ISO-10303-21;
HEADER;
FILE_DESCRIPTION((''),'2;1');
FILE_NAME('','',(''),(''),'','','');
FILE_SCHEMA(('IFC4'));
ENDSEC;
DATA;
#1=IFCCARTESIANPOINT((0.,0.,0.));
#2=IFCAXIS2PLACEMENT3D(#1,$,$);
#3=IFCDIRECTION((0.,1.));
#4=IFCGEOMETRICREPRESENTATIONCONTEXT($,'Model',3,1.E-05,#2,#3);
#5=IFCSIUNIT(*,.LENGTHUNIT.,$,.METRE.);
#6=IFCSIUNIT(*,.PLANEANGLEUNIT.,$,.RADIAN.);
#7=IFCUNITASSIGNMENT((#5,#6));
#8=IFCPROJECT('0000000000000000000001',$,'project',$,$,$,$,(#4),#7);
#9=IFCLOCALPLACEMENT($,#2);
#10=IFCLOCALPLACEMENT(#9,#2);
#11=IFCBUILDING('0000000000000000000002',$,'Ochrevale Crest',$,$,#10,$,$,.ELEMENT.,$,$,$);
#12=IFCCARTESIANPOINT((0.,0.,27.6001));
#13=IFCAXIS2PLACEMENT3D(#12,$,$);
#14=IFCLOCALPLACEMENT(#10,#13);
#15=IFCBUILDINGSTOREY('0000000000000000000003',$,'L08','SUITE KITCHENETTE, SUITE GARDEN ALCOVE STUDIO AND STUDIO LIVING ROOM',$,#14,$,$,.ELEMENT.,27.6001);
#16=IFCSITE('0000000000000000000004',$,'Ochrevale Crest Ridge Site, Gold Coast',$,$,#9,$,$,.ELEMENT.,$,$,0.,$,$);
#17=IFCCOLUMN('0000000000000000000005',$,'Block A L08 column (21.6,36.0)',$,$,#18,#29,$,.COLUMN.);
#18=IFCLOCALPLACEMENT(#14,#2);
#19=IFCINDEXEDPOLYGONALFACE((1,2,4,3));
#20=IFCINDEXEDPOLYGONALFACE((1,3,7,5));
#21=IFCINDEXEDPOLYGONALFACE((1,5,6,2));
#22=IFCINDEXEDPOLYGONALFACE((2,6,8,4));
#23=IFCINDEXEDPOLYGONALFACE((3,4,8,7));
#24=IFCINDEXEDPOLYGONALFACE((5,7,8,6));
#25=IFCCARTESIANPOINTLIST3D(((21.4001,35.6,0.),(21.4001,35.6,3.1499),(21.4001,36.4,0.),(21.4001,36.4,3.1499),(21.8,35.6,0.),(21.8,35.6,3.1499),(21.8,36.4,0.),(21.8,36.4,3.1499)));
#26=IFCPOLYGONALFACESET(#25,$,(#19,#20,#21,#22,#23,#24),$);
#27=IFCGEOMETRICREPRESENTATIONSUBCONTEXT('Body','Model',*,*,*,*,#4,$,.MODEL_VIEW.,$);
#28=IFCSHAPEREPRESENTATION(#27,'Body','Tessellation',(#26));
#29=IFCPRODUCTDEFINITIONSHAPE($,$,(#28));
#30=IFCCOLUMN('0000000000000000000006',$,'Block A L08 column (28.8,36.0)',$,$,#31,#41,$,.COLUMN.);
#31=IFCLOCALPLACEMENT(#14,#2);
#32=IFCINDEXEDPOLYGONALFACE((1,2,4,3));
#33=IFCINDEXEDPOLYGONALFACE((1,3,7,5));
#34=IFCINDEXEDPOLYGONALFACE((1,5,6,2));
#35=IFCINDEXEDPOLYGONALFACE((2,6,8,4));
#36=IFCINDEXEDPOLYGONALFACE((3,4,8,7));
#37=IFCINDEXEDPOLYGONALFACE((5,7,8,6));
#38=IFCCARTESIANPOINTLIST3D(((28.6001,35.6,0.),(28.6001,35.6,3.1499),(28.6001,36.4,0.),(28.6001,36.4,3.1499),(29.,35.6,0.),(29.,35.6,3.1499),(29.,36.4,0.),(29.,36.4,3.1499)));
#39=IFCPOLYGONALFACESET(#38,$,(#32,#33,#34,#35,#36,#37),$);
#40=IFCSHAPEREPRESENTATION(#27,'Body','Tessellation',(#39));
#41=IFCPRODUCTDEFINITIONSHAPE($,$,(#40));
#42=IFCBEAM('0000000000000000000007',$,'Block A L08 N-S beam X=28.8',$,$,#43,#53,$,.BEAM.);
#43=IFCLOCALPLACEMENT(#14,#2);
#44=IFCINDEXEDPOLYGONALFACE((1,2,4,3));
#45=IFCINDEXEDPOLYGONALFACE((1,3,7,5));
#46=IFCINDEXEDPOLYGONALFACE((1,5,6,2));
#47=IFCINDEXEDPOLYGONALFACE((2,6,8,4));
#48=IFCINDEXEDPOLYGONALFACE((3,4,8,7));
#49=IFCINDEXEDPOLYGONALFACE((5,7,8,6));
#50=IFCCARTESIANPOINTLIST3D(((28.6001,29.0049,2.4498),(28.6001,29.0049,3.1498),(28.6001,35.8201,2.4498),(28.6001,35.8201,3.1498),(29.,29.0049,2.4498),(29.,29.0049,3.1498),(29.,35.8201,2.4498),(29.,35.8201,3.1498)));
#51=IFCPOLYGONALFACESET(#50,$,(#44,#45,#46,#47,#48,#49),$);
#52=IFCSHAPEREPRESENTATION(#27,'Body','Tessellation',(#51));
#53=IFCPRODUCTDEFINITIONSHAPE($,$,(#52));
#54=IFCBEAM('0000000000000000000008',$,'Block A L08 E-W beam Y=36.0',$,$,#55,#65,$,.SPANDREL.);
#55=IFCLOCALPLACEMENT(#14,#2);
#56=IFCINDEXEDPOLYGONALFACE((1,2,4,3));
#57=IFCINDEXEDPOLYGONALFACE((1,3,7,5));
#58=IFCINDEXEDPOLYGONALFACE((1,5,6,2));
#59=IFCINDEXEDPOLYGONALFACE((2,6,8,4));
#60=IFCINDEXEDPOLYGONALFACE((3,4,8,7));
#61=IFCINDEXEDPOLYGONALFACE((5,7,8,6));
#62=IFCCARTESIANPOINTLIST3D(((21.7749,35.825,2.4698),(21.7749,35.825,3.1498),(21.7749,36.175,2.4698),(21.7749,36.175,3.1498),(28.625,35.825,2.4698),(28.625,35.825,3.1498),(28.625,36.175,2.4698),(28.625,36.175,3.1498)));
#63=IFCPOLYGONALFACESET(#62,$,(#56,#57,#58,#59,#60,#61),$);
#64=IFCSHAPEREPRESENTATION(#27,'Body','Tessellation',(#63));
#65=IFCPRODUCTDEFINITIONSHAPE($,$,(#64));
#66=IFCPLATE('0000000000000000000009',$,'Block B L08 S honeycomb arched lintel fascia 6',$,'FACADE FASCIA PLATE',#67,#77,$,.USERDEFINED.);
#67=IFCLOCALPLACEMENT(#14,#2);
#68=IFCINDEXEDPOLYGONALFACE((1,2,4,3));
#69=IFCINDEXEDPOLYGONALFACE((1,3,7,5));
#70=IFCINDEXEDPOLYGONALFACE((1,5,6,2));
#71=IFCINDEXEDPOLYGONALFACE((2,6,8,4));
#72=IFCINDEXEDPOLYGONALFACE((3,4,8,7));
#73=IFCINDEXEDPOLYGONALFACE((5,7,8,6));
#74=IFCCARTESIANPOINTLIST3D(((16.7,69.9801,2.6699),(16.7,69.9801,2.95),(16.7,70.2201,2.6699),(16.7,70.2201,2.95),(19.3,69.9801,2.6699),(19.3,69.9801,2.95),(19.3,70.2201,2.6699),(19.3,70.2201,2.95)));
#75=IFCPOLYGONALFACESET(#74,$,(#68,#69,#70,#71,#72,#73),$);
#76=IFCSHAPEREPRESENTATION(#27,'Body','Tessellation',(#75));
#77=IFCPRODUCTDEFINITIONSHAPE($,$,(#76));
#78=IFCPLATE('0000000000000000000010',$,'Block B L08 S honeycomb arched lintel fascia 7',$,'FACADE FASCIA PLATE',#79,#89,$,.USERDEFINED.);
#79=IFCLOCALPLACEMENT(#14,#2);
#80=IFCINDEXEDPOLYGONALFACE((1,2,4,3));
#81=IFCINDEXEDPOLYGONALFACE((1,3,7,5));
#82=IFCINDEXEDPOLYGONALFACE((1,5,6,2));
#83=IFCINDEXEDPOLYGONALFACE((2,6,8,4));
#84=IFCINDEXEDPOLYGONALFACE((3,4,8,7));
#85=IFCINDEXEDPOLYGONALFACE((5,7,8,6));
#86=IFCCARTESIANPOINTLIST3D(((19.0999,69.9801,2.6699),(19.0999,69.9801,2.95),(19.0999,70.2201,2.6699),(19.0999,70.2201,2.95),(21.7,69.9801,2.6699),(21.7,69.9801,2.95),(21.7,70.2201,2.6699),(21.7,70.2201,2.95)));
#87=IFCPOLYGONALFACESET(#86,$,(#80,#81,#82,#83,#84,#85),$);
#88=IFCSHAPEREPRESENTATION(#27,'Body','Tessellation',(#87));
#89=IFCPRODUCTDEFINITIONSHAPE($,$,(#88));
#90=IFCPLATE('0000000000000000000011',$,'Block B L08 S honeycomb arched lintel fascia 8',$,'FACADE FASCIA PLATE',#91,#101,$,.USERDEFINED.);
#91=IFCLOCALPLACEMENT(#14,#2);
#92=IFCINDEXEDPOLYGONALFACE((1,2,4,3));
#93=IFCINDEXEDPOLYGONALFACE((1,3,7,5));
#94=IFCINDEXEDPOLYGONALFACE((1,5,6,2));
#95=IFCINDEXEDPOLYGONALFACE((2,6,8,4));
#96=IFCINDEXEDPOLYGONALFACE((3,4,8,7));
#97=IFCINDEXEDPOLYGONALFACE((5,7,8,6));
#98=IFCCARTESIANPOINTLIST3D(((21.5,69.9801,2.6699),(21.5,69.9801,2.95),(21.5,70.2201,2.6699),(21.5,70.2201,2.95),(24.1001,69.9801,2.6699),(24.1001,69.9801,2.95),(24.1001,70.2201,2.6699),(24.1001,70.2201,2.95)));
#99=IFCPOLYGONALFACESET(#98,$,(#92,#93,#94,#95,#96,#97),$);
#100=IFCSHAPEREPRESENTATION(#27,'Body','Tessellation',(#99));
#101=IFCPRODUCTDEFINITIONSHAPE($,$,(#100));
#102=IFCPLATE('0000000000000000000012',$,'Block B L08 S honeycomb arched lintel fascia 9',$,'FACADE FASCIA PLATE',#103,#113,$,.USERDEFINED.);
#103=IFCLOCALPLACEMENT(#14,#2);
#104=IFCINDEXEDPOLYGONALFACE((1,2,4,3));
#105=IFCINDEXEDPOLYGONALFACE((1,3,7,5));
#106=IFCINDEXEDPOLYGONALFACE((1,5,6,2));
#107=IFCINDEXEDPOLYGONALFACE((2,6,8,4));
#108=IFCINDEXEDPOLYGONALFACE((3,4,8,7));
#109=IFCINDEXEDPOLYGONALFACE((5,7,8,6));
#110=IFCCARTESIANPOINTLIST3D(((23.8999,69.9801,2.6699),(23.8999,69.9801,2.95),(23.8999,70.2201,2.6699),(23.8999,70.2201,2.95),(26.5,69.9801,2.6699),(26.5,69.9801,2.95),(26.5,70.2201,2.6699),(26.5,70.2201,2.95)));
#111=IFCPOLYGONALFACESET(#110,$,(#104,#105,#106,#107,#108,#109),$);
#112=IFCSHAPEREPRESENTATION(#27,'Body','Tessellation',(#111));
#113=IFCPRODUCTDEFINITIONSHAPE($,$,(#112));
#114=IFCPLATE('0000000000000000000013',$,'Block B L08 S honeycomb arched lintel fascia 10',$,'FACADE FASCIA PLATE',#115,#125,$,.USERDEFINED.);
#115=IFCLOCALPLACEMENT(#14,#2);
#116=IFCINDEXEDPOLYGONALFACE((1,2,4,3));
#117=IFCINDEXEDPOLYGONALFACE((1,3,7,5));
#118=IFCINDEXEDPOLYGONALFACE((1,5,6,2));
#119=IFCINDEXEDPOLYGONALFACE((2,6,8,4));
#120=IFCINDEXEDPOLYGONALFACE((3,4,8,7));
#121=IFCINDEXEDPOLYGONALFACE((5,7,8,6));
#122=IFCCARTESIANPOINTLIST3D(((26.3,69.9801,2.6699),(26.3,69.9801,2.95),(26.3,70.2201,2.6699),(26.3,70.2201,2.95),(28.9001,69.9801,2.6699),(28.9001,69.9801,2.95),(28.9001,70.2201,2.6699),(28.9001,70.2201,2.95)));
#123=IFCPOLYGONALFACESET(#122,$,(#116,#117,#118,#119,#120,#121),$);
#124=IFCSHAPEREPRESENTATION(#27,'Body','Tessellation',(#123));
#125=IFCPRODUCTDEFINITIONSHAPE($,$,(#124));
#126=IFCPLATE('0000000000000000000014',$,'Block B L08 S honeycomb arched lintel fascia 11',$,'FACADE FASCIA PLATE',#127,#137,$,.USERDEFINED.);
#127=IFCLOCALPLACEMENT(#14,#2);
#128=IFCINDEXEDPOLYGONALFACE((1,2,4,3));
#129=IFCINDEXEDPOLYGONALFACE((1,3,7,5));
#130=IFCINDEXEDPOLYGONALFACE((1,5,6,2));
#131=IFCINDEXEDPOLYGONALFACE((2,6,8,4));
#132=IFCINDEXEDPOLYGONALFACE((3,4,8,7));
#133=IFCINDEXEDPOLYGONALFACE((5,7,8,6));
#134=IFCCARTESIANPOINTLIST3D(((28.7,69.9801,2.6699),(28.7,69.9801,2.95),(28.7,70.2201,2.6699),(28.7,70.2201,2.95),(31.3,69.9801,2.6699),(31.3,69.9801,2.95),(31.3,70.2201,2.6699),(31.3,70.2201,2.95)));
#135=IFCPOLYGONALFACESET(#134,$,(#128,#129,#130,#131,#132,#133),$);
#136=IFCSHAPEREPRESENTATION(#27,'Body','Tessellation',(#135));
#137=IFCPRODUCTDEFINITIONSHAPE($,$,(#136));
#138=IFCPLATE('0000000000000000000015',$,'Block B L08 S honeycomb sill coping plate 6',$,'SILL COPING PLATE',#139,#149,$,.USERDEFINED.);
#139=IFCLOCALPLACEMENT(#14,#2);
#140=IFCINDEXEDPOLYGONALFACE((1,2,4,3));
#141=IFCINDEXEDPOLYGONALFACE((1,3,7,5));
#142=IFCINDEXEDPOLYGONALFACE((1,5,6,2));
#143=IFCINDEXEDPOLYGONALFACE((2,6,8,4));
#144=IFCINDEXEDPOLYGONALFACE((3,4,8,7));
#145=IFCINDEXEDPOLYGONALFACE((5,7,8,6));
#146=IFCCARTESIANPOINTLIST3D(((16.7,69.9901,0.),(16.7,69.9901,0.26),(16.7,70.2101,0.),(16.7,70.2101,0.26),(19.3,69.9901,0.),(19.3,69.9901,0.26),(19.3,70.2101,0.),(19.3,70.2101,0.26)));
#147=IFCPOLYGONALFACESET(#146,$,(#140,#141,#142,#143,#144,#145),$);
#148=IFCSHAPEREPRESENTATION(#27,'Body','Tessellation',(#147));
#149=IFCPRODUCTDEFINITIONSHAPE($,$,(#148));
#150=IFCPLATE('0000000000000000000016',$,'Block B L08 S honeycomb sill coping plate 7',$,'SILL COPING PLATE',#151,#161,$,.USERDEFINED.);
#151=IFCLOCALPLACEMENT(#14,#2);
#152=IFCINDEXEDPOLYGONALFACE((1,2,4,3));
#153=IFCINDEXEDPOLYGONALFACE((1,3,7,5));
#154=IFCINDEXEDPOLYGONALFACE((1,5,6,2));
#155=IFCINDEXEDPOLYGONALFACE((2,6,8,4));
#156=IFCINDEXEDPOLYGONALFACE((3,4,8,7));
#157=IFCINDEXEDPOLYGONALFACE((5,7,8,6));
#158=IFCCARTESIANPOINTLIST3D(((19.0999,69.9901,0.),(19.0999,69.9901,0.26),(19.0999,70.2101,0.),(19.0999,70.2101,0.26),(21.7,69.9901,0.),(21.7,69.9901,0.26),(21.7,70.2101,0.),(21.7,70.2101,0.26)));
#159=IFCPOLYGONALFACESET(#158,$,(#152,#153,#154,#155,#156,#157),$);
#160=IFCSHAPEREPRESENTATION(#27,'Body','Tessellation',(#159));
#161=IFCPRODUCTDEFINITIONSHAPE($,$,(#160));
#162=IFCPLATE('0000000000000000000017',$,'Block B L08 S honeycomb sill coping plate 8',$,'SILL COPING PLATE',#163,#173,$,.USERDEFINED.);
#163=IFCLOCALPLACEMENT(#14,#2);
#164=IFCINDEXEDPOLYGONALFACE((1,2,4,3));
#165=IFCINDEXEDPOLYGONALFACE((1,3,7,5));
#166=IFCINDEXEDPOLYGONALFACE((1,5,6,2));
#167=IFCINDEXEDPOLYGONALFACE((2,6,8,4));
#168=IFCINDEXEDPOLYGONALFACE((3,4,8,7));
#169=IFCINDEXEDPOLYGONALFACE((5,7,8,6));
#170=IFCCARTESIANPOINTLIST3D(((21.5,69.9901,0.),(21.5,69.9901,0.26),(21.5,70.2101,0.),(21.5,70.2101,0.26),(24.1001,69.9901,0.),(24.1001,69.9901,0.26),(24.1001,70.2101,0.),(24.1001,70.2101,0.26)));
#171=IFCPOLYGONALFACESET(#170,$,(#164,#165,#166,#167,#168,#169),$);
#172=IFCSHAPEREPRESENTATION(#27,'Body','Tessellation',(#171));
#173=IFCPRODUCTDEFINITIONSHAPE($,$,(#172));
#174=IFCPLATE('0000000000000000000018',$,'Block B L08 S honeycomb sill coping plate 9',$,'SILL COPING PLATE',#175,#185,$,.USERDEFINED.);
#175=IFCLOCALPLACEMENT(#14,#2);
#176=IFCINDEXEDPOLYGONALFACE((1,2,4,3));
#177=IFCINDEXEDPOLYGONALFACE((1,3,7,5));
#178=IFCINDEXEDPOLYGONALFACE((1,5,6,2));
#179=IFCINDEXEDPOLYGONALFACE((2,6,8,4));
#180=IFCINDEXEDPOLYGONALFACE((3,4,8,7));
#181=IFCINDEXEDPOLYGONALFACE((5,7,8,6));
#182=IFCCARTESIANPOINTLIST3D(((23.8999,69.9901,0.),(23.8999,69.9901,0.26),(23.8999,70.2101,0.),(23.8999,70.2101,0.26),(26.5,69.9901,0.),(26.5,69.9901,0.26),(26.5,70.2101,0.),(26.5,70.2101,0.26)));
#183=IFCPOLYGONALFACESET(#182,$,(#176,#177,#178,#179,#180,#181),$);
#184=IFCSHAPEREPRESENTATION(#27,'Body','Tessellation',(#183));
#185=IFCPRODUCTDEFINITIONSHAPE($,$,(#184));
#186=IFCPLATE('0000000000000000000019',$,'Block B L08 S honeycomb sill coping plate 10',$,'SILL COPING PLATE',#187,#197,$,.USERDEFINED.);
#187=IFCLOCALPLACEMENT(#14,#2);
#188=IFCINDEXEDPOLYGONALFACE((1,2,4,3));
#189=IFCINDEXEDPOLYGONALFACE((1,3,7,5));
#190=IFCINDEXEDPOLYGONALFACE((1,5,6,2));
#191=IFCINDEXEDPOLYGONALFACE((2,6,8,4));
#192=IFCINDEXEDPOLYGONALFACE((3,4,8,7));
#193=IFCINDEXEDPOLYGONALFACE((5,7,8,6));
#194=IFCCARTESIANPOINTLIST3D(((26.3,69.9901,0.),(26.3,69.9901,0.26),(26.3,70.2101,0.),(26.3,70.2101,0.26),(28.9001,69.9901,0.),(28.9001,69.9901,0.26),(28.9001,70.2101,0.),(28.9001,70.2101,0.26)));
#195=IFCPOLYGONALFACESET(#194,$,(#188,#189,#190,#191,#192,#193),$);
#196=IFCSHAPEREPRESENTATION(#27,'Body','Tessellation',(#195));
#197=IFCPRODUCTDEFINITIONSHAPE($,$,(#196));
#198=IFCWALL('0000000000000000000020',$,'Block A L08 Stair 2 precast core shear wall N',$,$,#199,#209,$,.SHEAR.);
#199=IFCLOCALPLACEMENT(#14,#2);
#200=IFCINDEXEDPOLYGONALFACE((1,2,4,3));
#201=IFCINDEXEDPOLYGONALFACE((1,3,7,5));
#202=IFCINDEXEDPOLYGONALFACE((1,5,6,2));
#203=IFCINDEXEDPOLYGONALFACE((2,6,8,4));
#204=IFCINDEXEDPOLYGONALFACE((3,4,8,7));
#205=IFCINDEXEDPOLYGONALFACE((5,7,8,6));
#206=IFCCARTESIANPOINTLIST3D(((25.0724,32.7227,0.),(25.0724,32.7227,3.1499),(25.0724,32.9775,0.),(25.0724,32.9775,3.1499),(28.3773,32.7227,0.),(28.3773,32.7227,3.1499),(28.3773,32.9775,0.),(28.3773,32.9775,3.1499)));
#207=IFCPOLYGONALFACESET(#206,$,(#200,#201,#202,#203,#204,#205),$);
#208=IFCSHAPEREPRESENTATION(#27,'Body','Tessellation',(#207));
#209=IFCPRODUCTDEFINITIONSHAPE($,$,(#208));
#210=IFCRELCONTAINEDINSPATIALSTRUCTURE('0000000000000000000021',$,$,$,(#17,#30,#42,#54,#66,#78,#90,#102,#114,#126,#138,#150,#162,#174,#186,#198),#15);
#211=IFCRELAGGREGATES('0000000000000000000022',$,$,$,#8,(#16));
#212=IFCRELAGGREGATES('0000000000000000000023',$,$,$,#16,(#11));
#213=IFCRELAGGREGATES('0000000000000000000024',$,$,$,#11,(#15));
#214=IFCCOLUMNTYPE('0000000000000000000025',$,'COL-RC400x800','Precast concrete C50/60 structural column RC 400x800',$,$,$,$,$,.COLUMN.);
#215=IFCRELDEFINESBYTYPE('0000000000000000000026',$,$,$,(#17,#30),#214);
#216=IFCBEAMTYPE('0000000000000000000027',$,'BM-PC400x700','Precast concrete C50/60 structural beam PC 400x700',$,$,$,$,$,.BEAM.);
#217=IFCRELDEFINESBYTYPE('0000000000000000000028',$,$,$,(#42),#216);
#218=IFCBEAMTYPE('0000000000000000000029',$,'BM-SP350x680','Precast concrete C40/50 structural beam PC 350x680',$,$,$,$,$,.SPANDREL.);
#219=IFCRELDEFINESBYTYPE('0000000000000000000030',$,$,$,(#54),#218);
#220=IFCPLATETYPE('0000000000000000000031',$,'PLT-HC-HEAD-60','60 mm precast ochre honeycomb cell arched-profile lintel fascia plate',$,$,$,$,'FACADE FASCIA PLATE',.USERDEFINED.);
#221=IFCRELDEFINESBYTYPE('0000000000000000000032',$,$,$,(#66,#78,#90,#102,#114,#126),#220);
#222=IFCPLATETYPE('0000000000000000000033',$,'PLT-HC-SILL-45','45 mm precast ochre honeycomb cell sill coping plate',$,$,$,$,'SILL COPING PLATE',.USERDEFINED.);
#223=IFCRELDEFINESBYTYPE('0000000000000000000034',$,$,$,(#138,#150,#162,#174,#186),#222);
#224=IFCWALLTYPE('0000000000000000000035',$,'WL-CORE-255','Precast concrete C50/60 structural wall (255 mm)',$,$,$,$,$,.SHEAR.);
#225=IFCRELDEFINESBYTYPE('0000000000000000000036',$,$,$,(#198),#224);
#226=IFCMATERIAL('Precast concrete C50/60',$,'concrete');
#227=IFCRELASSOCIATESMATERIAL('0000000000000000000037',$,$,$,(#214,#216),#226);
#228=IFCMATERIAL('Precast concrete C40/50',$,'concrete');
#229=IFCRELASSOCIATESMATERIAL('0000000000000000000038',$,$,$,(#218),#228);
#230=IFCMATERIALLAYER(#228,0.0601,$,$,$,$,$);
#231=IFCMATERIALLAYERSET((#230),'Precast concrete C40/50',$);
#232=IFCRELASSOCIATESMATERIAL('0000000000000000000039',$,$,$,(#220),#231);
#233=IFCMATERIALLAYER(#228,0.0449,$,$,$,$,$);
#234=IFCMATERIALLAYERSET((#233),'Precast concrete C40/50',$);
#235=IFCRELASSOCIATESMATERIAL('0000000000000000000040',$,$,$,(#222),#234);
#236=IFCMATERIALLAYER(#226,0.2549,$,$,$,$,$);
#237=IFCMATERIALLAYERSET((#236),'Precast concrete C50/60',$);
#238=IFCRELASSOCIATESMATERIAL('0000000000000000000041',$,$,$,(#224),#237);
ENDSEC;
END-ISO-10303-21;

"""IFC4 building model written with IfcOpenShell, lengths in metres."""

from ifc_helpers import new_model, si_unit, direction, frame, frame_2d, origin, origin_2d, place, context, subcontext, project, spatial, rectangle, extrude, material, layer, layer_set, material_profile, profile_set, type_object, element, save


model = new_model("IFC4")

# Units and contexts
model_context = context("Model", 3, precision=1e-05, world=origin(), true_north=direction((0.0, 1.0)))
body_context = subcontext(model_context, "Body", "Model", "MODEL_VIEW")
ifc_project = project(units=[si_unit("LENGTHUNIT", "METRE"), si_unit("PLANEANGLEUNIT", "RADIAN")], contexts=[model_context])

# Site, building, storey
site_placement = place(None, origin())
site = spatial("IfcSite", under=ifc_project, at=site_placement, Name="Ochrevale Crest Ridge Site, Gold Coast", CompositionType="ELEMENT", RefElevation=0.0)
building_placement = place(site_placement, origin())
building = spatial("IfcBuilding", under=site, at=building_placement, Name="Ochrevale Crest", CompositionType="ELEMENT")
storey_placement = place(building_placement, frame((0.0, 0.0, 27.6001)))
storey = spatial("IfcBuildingStorey", under=building, at=storey_placement, Name="L08", Description="SUITE KITCHENETTE, SUITE GARDEN ALCOVE STUDIO AND STUDIO LIVING ROOM", CompositionType="ELEMENT", Elevation=27.6001)

# Columns
ifc_material_1 = material(Name="Precast concrete C50/60", Category="concrete")
ifc_material_profile_1 = material_profile(ifc_material_1, rectangle(XDim=0.3999, YDim=0.8, at=origin_2d()), Name="RC 400x800")
ifc_profile_set_1 = profile_set([ifc_material_profile_1], Name="Precast concrete C50/60")
column_type = type_object("IfcColumnType", Name="COL-RC400x800", Description="Precast concrete C50/60 structural column RC 400x800", PredefinedType="COLUMN", material=ifc_profile_set_1)
for number, where, z_axis, x_axis, name in (
    (1, (21.6001, 36.0, 0.0), (0.0, 0.0, 1.0), (1.0, 0.0, 0.0), "Block A L08 column (21.6,36.0)"),
    (2, (28.8, 36.0, 0.0), (0.0, 0.0, 1.0), (1.0, 0.0, 0.0), "Block A L08 column (28.8,36.0)"),
):
    element("IfcColumn", number, at=place(storey_placement, frame(where, z_axis=z_axis, x_axis=x_axis)), inside=storey, type_object=column_type, Name=name, PredefinedType="COLUMN", context=body_context, shape_type="SweptSolid", body=[
        extrude(rectangle(XDim=0.3999, YDim=0.8, at=origin_2d()), origin(), (0.0, 0.0, 1.0), 3.1499),
    ])

# Beams
ifc_material_profile_2 = material_profile(ifc_material_1, rectangle(XDim=0.3999, YDim=0.7, at=origin_2d()), Name="PC 400x700")
ifc_profile_set_2 = profile_set([ifc_material_profile_2], Name="Precast concrete C50/60")
beam_type_1 = type_object("IfcBeamType", Name="BM-PC400x700", Description="Precast concrete C50/60 structural beam PC 400x700", PredefinedType="BEAM", material=ifc_profile_set_2)
beam_1_placement = place(storey_placement, frame((28.8, 29.0049, 2.7998), z_axis=(0.0, 1.0, 0.0), x_axis=(-1.0, 0.0, 0.0)))
element("IfcBeam", 3, at=beam_1_placement, inside=storey, type_object=beam_type_1, Name="Block A L08 N-S beam X=28.8", PredefinedType="BEAM", context=body_context, shape_type="SweptSolid", body=[
    extrude(rectangle(XDim=0.3999, YDim=0.7, at=origin_2d()), origin(), (0.0, 0.0, 1.0), 6.8152),
])
ifc_material_2 = material(Name="Precast concrete C40/50", Category="concrete")
ifc_material_profile_3 = material_profile(ifc_material_2, rectangle(XDim=0.3501, YDim=0.6799, at=origin_2d()), Name="PC 350x680")
ifc_profile_set_3 = profile_set([ifc_material_profile_3], Name="Precast concrete C40/50")
beam_type_2 = type_object("IfcBeamType", Name="BM-SP350x680", Description="Precast concrete C40/50 structural beam PC 350x680", PredefinedType="SPANDREL", material=ifc_profile_set_3)
beam_2_placement = place(storey_placement, frame((21.7749, 36.0, 2.8098), z_axis=(1.0, 0.0, 0.0), x_axis=(0.0, 1.0, 0.0)))
element("IfcBeam", 4, at=beam_2_placement, inside=storey, type_object=beam_type_2, Name="Block A L08 E-W beam Y=36.0", PredefinedType="SPANDREL", context=body_context, shape_type="SweptSolid", body=[
    extrude(rectangle(XDim=0.3501, YDim=0.6799, at=origin_2d()), origin(), (0.0, 0.0, 1.0), 6.8501),
])

# Plates
ifc_layer_1 = layer(ifc_material_2, 0.0601)
ifc_layer_set_1 = layer_set([ifc_layer_1], Name="Precast concrete C40/50")
plate_type_1 = type_object("IfcPlateType", Name="PLT-HC-HEAD-60", Description="60 mm precast ochre honeycomb cell arched-profile lintel fascia plate", ElementType="FACADE FASCIA PLATE", PredefinedType="USERDEFINED", material=ifc_layer_set_1)
for number, where, z_axis, x_axis, name in (
    (5, (18.0, 70.1001, 2.6699), (0.0, 0.0, 1.0), (1.0, 0.0, 0.0), "Block B L08 S honeycomb arched lintel fascia 6"),
    (6, (20.3999, 70.1001, 2.6699), (0.0, 0.0, 1.0), (1.0, 0.0, 0.0), "Block B L08 S honeycomb arched lintel fascia 7"),
    (7, (22.8, 70.1001, 2.6699), (0.0, 0.0, 1.0), (1.0, 0.0, 0.0), "Block B L08 S honeycomb arched lintel fascia 8"),
    (8, (25.2, 70.1001, 2.6699), (0.0, 0.0, 1.0), (1.0, 0.0, 0.0), "Block B L08 S honeycomb arched lintel fascia 9"),
    (9, (27.6001, 70.1001, 2.6699), (0.0, 0.0, 1.0), (1.0, 0.0, 0.0), "Block B L08 S honeycomb arched lintel fascia 10"),
    (10, (30.0, 70.1001, 2.6699), (0.0, 0.0, 1.0), (1.0, 0.0, 0.0), "Block B L08 S honeycomb arched lintel fascia 11"),
):
    element("IfcPlate", number, at=place(storey_placement, frame(where, z_axis=z_axis, x_axis=x_axis)), inside=storey, type_object=plate_type_1, Name=name, ObjectType="FACADE FASCIA PLATE", PredefinedType="USERDEFINED", context=body_context, shape_type="SweptSolid", body=[
        extrude(rectangle(XDim=2.6001, YDim=0.24, at=origin_2d()), origin(), (0.0, 0.0, 1.0), 0.28),
    ])
ifc_layer_2 = layer(ifc_material_2, 0.0449)
ifc_layer_set_2 = layer_set([ifc_layer_2], Name="Precast concrete C40/50")
plate_type_2 = type_object("IfcPlateType", Name="PLT-HC-SILL-45", Description="45 mm precast ochre honeycomb cell sill coping plate", ElementType="SILL COPING PLATE", PredefinedType="USERDEFINED", material=ifc_layer_set_2)
for number, where, z_axis, x_axis, name in (
    (11, (18.0, 70.1001, 0.0), (0.0, 0.0, 1.0), (1.0, 0.0, 0.0), "Block B L08 S honeycomb sill coping plate 6"),
    (12, (20.3999, 70.1001, 0.0), (0.0, 0.0, 1.0), (1.0, 0.0, 0.0), "Block B L08 S honeycomb sill coping plate 7"),
    (13, (22.8, 70.1001, 0.0), (0.0, 0.0, 1.0), (1.0, 0.0, 0.0), "Block B L08 S honeycomb sill coping plate 8"),
    (14, (25.2, 70.1001, 0.0), (0.0, 0.0, 1.0), (1.0, 0.0, 0.0), "Block B L08 S honeycomb sill coping plate 9"),
    (15, (27.6001, 70.1001, 0.0), (0.0, 0.0, 1.0), (1.0, 0.0, 0.0), "Block B L08 S honeycomb sill coping plate 10"),
):
    element("IfcPlate", number, at=place(storey_placement, frame(where, z_axis=z_axis, x_axis=x_axis)), inside=storey, type_object=plate_type_2, Name=name, ObjectType="SILL COPING PLATE", PredefinedType="USERDEFINED", context=body_context, shape_type="SweptSolid", body=[
        extrude(rectangle(XDim=2.6001, YDim=0.22, at=origin_2d()), origin(), (0.0, 0.0, 1.0), 0.26),
    ])

# Wall
ifc_layer_3 = layer(ifc_material_1, 0.2549)
ifc_layer_set_3 = layer_set([ifc_layer_3], Name="Precast concrete C50/60")
wall_type_1 = type_object("IfcWallType", Name="WL-CORE-255", Description="Precast concrete C50/60 structural wall (255 mm)", PredefinedType="SHEAR", material=ifc_layer_set_3)
wall_1_placement = place(storey_placement, frame((25.0725, 32.8501, 0.0), z_axis=(0.0, 0.0, 1.0), x_axis=(1.0, 0.0, 0.0)))
element("IfcWall", 16, at=wall_1_placement, inside=storey, type_object=wall_type_1, Name="Block A L08 Stair 2 precast core shear wall N", PredefinedType="SHEAR", context=body_context, shape_type="SweptSolid", body=[
    extrude(rectangle(XDim=3.3049, YDim=0.2549, at=frame_2d((1.6523, 0.0))), origin(), (0.0, 0.0, 1.0), 3.1499),
])

save(model, "model.ifc")
